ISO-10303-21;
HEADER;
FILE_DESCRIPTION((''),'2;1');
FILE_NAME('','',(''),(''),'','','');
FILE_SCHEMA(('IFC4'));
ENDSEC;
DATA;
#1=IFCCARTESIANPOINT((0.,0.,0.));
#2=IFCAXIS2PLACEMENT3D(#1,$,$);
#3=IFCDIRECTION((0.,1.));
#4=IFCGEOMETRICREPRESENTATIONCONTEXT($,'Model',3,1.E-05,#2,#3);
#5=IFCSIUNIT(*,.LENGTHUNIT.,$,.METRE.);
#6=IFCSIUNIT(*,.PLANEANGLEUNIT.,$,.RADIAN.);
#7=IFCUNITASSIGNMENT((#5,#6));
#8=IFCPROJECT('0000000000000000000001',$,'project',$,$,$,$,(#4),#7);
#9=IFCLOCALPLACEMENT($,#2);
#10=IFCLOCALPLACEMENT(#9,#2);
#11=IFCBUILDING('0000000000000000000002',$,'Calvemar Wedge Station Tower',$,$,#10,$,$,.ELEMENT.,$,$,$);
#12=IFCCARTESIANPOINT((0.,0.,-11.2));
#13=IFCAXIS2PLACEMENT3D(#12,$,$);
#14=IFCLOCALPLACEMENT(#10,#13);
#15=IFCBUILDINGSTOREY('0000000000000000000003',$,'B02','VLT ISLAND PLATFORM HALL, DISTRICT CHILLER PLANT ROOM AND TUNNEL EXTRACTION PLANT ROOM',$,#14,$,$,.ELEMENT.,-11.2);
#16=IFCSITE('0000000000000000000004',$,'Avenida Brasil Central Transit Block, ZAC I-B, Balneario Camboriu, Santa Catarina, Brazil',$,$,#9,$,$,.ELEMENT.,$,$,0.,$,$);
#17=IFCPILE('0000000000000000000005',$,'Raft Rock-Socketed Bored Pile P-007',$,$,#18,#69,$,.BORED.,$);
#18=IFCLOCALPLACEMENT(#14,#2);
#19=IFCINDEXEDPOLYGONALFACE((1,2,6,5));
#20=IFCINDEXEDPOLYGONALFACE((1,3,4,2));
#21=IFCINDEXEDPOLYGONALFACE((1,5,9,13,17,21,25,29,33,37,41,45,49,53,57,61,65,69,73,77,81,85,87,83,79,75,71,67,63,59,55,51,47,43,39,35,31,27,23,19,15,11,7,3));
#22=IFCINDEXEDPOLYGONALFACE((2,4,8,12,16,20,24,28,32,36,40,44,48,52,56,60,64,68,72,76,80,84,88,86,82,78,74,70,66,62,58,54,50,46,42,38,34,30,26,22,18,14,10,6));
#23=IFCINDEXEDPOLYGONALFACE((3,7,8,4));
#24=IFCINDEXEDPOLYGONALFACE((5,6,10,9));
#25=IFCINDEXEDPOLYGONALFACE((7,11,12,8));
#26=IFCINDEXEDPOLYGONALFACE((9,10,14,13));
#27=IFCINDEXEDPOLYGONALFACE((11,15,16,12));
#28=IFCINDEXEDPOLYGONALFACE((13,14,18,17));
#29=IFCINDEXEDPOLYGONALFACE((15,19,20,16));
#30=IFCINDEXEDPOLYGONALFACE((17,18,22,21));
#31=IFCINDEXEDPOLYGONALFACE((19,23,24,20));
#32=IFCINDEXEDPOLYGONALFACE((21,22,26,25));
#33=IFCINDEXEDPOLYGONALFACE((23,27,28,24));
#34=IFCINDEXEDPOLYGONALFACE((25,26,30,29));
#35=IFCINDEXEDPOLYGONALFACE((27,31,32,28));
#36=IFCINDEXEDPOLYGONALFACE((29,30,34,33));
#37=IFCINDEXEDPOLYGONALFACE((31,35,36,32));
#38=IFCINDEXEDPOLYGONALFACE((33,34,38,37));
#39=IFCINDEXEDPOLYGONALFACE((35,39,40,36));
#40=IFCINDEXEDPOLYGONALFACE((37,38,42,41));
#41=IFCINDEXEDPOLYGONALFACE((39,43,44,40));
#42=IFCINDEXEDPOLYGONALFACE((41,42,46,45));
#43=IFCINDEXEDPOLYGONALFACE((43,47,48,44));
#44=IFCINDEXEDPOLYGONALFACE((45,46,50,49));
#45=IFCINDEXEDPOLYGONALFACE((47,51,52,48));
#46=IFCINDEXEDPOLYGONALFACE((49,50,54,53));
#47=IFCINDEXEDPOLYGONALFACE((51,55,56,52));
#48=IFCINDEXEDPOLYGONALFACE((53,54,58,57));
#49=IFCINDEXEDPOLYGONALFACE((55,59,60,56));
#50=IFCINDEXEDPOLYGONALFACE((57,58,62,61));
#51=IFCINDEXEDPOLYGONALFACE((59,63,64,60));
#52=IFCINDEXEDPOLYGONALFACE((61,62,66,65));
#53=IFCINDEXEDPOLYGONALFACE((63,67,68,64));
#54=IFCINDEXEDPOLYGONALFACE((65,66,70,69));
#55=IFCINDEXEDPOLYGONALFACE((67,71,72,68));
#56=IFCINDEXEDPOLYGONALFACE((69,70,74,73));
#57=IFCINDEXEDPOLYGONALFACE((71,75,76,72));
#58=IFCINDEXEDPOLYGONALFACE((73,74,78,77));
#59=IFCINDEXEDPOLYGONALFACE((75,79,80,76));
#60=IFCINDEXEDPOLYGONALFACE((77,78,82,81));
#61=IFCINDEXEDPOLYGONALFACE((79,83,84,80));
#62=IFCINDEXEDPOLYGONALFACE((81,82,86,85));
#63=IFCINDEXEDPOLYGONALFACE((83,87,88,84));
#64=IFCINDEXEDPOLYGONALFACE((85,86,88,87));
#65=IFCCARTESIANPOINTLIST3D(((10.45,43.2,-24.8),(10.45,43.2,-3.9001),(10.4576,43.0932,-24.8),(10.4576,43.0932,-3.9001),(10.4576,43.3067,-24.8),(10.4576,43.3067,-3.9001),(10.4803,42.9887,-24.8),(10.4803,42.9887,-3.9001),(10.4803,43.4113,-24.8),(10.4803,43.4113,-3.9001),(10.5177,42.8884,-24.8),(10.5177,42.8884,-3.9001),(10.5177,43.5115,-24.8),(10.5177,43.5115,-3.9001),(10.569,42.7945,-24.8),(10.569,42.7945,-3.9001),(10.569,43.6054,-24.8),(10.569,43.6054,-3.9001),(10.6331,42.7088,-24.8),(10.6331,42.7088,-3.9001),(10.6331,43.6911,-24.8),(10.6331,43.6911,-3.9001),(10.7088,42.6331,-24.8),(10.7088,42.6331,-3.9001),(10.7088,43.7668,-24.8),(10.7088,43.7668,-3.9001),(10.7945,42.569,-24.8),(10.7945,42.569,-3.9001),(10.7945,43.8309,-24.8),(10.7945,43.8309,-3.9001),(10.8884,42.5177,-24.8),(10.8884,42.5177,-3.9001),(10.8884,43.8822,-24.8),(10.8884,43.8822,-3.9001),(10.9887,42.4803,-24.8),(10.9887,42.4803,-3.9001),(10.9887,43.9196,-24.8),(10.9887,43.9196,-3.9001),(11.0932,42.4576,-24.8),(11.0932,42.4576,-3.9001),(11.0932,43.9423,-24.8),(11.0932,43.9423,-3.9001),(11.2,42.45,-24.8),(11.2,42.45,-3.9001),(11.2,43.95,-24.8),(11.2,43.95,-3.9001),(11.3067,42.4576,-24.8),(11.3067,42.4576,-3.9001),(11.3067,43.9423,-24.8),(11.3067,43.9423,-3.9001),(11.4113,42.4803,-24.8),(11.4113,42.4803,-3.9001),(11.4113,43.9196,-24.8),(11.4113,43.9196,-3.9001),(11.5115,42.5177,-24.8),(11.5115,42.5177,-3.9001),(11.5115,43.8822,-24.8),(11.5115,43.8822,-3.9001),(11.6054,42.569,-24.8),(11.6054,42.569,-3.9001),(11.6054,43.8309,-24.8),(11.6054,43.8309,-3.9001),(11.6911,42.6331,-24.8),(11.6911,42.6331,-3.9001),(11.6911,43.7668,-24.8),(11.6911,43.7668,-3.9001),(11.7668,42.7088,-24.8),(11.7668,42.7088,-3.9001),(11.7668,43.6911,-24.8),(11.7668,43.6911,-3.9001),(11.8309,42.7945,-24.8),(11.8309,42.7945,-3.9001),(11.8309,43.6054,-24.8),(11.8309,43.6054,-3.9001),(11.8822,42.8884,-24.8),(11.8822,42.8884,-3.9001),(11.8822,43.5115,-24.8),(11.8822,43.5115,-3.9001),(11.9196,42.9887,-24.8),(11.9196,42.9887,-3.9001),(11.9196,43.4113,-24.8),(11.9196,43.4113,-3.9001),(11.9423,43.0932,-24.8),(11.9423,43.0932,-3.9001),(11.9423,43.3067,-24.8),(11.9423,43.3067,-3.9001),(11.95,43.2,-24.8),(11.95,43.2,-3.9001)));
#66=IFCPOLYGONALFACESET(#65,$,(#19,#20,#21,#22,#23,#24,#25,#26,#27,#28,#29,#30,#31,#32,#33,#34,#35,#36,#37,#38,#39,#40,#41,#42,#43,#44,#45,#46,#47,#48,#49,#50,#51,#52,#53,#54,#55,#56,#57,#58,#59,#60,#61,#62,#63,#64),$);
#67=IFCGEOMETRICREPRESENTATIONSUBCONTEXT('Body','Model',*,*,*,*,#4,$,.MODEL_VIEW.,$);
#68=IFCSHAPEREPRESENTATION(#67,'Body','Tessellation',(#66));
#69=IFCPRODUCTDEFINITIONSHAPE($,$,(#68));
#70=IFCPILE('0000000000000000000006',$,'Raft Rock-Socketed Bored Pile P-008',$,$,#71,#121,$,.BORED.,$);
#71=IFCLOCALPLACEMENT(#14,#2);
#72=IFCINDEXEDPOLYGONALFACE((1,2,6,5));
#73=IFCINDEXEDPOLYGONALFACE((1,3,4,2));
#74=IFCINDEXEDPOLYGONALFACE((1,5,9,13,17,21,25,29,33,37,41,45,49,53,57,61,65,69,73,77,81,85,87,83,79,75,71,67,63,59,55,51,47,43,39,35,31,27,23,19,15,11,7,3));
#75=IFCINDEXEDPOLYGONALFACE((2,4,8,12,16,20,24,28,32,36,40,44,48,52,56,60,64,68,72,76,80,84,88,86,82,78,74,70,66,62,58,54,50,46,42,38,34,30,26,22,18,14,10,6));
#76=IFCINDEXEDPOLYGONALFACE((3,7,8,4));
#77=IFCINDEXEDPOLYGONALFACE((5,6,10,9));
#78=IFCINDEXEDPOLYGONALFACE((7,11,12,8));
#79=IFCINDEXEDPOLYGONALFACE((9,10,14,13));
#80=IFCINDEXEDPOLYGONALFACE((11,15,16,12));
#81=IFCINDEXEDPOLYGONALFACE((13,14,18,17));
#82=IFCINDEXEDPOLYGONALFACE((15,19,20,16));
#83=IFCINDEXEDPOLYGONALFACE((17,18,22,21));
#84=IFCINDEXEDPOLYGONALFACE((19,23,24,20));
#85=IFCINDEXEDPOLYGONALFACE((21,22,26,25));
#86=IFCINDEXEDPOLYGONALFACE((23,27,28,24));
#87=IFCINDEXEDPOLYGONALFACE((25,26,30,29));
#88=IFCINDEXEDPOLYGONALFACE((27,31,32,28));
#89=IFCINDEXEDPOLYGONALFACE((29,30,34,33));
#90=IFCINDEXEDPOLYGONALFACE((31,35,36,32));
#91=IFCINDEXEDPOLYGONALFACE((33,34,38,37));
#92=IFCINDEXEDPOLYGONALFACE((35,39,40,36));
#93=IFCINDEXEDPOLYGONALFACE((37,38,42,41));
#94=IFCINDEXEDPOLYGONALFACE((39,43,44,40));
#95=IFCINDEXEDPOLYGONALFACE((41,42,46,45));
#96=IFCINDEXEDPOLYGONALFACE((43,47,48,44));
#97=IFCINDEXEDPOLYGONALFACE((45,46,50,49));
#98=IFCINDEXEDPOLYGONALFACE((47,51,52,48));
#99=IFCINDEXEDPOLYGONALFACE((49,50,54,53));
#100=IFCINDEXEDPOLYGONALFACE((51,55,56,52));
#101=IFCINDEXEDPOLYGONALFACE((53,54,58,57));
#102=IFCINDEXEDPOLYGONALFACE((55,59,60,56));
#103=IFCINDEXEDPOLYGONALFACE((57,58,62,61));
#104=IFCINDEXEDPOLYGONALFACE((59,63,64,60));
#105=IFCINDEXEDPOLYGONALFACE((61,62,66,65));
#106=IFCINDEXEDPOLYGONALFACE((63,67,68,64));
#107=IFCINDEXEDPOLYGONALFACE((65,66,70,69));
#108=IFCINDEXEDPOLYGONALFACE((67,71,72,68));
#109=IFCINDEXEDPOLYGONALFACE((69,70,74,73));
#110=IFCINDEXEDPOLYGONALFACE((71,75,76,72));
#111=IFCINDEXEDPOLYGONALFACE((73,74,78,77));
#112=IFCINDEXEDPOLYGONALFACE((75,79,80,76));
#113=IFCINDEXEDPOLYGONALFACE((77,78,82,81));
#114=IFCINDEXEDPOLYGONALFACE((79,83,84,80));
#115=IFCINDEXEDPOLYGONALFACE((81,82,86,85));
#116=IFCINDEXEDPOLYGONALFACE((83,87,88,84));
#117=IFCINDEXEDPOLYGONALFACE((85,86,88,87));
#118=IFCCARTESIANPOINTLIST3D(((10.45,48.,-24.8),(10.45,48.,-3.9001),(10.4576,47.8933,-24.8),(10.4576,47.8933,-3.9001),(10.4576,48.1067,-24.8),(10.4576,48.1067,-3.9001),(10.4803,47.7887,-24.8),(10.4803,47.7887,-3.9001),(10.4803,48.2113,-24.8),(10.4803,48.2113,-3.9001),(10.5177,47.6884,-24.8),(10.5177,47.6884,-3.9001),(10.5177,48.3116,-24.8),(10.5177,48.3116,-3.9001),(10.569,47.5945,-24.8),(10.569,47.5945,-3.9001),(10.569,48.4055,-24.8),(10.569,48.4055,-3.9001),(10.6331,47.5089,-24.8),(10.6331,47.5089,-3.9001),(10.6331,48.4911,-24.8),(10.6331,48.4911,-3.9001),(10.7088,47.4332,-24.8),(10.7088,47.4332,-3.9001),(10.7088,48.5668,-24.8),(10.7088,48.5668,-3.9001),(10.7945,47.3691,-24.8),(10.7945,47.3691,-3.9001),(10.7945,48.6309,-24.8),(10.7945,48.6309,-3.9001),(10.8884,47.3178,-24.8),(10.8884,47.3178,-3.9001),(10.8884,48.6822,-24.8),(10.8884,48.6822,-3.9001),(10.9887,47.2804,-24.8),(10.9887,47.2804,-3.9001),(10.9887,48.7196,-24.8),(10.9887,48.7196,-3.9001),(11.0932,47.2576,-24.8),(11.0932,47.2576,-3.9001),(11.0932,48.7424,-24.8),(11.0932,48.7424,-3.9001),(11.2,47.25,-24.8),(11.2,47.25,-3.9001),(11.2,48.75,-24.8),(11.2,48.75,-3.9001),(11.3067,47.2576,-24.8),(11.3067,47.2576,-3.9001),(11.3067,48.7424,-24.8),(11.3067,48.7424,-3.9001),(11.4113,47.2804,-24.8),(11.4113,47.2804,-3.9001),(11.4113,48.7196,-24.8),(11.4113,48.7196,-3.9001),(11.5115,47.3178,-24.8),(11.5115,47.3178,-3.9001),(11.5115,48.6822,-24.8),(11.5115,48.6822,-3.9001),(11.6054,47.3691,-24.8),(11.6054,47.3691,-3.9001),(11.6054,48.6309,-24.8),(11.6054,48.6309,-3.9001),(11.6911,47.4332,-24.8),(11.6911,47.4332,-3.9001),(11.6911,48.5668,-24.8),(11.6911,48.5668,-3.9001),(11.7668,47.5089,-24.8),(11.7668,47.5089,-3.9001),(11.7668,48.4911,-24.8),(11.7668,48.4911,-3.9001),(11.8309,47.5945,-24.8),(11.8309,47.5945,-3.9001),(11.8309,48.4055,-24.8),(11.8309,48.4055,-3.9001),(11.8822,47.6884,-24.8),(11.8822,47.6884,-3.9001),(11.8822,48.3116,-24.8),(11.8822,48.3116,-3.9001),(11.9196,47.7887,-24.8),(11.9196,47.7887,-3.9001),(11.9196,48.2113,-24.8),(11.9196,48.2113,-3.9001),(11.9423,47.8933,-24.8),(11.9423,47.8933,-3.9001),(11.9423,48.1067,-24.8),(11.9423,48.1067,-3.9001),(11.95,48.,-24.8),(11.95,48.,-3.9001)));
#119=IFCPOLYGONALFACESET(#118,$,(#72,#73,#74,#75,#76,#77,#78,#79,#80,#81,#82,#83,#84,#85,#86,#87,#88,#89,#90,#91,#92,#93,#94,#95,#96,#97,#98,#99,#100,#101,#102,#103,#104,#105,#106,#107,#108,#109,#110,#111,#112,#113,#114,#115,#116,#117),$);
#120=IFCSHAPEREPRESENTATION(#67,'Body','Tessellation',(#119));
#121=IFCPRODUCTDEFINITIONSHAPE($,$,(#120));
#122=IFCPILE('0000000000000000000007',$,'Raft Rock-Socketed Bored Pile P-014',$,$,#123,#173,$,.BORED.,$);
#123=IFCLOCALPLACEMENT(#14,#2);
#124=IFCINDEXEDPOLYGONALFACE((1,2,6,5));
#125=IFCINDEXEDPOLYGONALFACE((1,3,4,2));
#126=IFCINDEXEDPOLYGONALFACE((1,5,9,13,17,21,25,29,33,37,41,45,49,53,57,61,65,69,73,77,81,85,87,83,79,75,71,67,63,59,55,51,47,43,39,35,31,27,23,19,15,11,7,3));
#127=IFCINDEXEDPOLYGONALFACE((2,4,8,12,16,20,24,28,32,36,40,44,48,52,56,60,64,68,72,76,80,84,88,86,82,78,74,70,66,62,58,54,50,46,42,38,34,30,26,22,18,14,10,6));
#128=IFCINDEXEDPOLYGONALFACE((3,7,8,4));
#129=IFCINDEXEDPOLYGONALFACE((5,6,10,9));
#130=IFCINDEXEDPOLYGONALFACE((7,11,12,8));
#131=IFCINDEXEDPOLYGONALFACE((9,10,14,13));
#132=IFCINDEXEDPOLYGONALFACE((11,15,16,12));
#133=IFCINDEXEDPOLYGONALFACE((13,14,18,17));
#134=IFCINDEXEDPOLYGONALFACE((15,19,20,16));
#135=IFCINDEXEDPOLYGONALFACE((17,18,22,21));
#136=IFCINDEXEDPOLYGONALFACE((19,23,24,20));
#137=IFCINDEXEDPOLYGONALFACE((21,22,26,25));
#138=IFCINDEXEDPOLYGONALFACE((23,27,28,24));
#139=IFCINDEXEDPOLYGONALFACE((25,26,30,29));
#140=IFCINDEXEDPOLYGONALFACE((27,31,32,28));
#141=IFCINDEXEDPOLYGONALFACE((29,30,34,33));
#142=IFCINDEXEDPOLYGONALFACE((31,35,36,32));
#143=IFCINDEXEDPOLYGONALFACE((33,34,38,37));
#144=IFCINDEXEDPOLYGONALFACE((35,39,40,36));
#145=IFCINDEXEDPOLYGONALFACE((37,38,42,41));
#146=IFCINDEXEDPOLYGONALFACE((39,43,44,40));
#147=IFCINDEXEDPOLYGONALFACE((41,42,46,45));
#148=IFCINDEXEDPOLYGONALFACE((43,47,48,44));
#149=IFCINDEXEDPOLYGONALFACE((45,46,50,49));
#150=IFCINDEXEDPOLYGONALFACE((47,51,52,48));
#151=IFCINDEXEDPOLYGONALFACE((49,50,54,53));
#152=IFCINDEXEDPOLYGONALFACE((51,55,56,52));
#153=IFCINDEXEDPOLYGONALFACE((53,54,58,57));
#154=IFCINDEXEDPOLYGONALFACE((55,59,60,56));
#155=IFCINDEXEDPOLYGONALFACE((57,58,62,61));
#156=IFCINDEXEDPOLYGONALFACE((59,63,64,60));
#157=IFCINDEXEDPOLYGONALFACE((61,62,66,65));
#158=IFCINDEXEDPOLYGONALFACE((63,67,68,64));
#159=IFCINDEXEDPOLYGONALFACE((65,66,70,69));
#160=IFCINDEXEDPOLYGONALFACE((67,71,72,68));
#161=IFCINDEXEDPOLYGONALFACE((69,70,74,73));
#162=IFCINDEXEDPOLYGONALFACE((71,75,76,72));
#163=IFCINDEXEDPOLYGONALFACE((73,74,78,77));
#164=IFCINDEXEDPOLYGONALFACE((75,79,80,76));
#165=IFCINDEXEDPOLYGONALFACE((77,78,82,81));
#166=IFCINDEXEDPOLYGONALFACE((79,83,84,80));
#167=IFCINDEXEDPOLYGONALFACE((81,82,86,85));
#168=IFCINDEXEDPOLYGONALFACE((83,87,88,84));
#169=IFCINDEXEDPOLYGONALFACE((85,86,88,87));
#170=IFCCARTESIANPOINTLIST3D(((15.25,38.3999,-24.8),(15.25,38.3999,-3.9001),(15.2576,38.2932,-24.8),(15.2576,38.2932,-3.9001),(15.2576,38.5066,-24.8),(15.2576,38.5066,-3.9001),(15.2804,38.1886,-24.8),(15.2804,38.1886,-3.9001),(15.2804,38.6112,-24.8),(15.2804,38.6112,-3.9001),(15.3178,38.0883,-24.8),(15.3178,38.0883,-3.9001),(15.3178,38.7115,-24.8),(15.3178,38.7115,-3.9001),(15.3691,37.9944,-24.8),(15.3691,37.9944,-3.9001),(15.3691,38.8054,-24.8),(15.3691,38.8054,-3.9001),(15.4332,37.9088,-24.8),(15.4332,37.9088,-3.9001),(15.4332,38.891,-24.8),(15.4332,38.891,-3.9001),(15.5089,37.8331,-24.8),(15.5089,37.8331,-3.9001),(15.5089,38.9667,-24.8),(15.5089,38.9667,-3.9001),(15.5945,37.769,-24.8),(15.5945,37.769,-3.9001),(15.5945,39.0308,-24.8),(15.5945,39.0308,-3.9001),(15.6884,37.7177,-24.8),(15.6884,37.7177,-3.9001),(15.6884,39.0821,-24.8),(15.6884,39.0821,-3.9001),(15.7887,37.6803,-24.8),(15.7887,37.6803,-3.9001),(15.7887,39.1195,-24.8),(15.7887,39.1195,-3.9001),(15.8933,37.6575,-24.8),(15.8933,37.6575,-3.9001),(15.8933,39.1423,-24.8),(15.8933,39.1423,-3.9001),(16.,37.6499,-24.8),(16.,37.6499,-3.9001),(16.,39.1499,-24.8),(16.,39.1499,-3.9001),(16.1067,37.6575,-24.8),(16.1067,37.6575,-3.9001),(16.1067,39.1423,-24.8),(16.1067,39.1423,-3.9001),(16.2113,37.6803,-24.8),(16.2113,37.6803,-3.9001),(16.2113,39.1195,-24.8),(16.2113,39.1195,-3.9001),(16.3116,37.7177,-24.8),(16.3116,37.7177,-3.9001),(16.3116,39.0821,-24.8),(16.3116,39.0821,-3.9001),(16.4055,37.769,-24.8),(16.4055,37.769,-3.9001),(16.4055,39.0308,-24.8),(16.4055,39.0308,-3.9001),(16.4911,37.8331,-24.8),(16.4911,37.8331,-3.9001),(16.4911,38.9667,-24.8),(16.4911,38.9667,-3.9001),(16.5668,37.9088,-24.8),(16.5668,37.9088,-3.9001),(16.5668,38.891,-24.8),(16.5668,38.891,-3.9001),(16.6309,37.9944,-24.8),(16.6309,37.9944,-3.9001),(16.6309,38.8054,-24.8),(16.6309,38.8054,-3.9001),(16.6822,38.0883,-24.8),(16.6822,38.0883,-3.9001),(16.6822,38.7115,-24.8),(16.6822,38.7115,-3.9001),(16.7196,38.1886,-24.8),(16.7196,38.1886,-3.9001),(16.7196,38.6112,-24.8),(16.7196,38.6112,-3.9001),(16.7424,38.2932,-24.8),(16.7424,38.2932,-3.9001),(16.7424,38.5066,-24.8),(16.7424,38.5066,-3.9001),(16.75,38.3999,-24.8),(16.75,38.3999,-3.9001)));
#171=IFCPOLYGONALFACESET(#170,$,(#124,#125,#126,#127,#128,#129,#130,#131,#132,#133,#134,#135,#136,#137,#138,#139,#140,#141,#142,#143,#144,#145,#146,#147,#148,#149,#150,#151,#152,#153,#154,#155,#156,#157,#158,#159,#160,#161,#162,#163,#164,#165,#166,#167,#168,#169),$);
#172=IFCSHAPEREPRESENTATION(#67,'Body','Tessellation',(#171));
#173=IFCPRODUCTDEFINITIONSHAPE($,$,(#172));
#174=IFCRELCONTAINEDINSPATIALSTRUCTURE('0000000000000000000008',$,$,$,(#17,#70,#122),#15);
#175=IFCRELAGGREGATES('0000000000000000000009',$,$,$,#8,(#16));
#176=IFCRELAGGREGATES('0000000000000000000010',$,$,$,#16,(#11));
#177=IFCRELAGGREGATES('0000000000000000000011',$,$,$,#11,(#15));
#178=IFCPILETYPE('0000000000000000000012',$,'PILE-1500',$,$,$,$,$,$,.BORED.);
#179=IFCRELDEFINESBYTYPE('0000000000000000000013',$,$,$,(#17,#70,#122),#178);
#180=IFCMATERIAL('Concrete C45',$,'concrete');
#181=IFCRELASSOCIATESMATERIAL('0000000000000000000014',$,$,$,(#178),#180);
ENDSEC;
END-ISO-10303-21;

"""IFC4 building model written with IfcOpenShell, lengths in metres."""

from ifc_helpers import new_model, si_unit, direction, frame, origin, origin_2d, place, context, subcontext, project, spatial, circle, extrude, material, material_profile, profile_set, type_object, element, save


model = new_model("IFC4")

# Units and contexts
model_context = context("Model", 3, precision=1e-05, world=origin(), true_north=direction((0.0, 1.0)))
body_context = subcontext(model_context, "Body", "Model", "MODEL_VIEW")
ifc_project = project(units=[si_unit("LENGTHUNIT", "METRE"), si_unit("PLANEANGLEUNIT", "RADIAN")], contexts=[model_context])

# Site, building, storey
site_placement = place(None, origin())
site = spatial("IfcSite", under=ifc_project, at=site_placement, Name="Avenida Brasil Central Transit Block, ZAC I-B, Balneario Camboriu, Santa Catarina, Brazil", CompositionType="ELEMENT", RefElevation=0.0)
building_placement = place(site_placement, origin())
building = spatial("IfcBuilding", under=site, at=building_placement, Name="Calvemar Wedge Station Tower", CompositionType="ELEMENT")
storey_placement = place(building_placement, frame((0.0, 0.0, -11.2)))
storey = spatial("IfcBuildingStorey", under=building, at=storey_placement, Name="B02", Description="VLT ISLAND PLATFORM HALL, DISTRICT CHILLER PLANT ROOM AND TUNNEL EXTRACTION PLANT ROOM", CompositionType="ELEMENT", Elevation=-11.2)

# Piles
ifc_material_1 = material(Name="Concrete C45", Category="concrete")
ifc_material_profile_1 = material_profile(ifc_material_1, circle(Radius=0.75, at=origin_2d()), Name="PILE-D1500")
ifc_profile_set_1 = profile_set([ifc_material_profile_1], Name="Concrete C45")
pile_type_1 = type_object("IfcPileType", Name="PILE-1500", PredefinedType="BORED", material=ifc_profile_set_1)
for number, where, z_axis, x_axis, name in (
    (1, (11.2, 43.2, -3.9001), (0.0, 0.0, -1.0), (1.0, 0.0, 0.0), "Raft Rock-Socketed Bored Pile P-007"),
    (2, (11.2, 48.0, -3.9001), (0.0, 0.0, -1.0), (1.0, 0.0, 0.0), "Raft Rock-Socketed Bored Pile P-008"),
    (3, (16.0, 38.3999, -3.9001), (0.0, 0.0, -1.0), (1.0, 0.0, 0.0), "Raft Rock-Socketed Bored Pile P-014"),
):
    element("IfcPile", number, at=place(storey_placement, frame(where, z_axis=z_axis, x_axis=x_axis)), inside=storey, type_object=pile_type_1, Name=name, PredefinedType="BORED", context=body_context, shape_type="SweptSolid", body=[
        extrude(circle(Radius=0.75, at=origin_2d()), origin(), (0.0, 0.0, 1.0), 20.8999),
    ])

save(model, "model.ifc")
